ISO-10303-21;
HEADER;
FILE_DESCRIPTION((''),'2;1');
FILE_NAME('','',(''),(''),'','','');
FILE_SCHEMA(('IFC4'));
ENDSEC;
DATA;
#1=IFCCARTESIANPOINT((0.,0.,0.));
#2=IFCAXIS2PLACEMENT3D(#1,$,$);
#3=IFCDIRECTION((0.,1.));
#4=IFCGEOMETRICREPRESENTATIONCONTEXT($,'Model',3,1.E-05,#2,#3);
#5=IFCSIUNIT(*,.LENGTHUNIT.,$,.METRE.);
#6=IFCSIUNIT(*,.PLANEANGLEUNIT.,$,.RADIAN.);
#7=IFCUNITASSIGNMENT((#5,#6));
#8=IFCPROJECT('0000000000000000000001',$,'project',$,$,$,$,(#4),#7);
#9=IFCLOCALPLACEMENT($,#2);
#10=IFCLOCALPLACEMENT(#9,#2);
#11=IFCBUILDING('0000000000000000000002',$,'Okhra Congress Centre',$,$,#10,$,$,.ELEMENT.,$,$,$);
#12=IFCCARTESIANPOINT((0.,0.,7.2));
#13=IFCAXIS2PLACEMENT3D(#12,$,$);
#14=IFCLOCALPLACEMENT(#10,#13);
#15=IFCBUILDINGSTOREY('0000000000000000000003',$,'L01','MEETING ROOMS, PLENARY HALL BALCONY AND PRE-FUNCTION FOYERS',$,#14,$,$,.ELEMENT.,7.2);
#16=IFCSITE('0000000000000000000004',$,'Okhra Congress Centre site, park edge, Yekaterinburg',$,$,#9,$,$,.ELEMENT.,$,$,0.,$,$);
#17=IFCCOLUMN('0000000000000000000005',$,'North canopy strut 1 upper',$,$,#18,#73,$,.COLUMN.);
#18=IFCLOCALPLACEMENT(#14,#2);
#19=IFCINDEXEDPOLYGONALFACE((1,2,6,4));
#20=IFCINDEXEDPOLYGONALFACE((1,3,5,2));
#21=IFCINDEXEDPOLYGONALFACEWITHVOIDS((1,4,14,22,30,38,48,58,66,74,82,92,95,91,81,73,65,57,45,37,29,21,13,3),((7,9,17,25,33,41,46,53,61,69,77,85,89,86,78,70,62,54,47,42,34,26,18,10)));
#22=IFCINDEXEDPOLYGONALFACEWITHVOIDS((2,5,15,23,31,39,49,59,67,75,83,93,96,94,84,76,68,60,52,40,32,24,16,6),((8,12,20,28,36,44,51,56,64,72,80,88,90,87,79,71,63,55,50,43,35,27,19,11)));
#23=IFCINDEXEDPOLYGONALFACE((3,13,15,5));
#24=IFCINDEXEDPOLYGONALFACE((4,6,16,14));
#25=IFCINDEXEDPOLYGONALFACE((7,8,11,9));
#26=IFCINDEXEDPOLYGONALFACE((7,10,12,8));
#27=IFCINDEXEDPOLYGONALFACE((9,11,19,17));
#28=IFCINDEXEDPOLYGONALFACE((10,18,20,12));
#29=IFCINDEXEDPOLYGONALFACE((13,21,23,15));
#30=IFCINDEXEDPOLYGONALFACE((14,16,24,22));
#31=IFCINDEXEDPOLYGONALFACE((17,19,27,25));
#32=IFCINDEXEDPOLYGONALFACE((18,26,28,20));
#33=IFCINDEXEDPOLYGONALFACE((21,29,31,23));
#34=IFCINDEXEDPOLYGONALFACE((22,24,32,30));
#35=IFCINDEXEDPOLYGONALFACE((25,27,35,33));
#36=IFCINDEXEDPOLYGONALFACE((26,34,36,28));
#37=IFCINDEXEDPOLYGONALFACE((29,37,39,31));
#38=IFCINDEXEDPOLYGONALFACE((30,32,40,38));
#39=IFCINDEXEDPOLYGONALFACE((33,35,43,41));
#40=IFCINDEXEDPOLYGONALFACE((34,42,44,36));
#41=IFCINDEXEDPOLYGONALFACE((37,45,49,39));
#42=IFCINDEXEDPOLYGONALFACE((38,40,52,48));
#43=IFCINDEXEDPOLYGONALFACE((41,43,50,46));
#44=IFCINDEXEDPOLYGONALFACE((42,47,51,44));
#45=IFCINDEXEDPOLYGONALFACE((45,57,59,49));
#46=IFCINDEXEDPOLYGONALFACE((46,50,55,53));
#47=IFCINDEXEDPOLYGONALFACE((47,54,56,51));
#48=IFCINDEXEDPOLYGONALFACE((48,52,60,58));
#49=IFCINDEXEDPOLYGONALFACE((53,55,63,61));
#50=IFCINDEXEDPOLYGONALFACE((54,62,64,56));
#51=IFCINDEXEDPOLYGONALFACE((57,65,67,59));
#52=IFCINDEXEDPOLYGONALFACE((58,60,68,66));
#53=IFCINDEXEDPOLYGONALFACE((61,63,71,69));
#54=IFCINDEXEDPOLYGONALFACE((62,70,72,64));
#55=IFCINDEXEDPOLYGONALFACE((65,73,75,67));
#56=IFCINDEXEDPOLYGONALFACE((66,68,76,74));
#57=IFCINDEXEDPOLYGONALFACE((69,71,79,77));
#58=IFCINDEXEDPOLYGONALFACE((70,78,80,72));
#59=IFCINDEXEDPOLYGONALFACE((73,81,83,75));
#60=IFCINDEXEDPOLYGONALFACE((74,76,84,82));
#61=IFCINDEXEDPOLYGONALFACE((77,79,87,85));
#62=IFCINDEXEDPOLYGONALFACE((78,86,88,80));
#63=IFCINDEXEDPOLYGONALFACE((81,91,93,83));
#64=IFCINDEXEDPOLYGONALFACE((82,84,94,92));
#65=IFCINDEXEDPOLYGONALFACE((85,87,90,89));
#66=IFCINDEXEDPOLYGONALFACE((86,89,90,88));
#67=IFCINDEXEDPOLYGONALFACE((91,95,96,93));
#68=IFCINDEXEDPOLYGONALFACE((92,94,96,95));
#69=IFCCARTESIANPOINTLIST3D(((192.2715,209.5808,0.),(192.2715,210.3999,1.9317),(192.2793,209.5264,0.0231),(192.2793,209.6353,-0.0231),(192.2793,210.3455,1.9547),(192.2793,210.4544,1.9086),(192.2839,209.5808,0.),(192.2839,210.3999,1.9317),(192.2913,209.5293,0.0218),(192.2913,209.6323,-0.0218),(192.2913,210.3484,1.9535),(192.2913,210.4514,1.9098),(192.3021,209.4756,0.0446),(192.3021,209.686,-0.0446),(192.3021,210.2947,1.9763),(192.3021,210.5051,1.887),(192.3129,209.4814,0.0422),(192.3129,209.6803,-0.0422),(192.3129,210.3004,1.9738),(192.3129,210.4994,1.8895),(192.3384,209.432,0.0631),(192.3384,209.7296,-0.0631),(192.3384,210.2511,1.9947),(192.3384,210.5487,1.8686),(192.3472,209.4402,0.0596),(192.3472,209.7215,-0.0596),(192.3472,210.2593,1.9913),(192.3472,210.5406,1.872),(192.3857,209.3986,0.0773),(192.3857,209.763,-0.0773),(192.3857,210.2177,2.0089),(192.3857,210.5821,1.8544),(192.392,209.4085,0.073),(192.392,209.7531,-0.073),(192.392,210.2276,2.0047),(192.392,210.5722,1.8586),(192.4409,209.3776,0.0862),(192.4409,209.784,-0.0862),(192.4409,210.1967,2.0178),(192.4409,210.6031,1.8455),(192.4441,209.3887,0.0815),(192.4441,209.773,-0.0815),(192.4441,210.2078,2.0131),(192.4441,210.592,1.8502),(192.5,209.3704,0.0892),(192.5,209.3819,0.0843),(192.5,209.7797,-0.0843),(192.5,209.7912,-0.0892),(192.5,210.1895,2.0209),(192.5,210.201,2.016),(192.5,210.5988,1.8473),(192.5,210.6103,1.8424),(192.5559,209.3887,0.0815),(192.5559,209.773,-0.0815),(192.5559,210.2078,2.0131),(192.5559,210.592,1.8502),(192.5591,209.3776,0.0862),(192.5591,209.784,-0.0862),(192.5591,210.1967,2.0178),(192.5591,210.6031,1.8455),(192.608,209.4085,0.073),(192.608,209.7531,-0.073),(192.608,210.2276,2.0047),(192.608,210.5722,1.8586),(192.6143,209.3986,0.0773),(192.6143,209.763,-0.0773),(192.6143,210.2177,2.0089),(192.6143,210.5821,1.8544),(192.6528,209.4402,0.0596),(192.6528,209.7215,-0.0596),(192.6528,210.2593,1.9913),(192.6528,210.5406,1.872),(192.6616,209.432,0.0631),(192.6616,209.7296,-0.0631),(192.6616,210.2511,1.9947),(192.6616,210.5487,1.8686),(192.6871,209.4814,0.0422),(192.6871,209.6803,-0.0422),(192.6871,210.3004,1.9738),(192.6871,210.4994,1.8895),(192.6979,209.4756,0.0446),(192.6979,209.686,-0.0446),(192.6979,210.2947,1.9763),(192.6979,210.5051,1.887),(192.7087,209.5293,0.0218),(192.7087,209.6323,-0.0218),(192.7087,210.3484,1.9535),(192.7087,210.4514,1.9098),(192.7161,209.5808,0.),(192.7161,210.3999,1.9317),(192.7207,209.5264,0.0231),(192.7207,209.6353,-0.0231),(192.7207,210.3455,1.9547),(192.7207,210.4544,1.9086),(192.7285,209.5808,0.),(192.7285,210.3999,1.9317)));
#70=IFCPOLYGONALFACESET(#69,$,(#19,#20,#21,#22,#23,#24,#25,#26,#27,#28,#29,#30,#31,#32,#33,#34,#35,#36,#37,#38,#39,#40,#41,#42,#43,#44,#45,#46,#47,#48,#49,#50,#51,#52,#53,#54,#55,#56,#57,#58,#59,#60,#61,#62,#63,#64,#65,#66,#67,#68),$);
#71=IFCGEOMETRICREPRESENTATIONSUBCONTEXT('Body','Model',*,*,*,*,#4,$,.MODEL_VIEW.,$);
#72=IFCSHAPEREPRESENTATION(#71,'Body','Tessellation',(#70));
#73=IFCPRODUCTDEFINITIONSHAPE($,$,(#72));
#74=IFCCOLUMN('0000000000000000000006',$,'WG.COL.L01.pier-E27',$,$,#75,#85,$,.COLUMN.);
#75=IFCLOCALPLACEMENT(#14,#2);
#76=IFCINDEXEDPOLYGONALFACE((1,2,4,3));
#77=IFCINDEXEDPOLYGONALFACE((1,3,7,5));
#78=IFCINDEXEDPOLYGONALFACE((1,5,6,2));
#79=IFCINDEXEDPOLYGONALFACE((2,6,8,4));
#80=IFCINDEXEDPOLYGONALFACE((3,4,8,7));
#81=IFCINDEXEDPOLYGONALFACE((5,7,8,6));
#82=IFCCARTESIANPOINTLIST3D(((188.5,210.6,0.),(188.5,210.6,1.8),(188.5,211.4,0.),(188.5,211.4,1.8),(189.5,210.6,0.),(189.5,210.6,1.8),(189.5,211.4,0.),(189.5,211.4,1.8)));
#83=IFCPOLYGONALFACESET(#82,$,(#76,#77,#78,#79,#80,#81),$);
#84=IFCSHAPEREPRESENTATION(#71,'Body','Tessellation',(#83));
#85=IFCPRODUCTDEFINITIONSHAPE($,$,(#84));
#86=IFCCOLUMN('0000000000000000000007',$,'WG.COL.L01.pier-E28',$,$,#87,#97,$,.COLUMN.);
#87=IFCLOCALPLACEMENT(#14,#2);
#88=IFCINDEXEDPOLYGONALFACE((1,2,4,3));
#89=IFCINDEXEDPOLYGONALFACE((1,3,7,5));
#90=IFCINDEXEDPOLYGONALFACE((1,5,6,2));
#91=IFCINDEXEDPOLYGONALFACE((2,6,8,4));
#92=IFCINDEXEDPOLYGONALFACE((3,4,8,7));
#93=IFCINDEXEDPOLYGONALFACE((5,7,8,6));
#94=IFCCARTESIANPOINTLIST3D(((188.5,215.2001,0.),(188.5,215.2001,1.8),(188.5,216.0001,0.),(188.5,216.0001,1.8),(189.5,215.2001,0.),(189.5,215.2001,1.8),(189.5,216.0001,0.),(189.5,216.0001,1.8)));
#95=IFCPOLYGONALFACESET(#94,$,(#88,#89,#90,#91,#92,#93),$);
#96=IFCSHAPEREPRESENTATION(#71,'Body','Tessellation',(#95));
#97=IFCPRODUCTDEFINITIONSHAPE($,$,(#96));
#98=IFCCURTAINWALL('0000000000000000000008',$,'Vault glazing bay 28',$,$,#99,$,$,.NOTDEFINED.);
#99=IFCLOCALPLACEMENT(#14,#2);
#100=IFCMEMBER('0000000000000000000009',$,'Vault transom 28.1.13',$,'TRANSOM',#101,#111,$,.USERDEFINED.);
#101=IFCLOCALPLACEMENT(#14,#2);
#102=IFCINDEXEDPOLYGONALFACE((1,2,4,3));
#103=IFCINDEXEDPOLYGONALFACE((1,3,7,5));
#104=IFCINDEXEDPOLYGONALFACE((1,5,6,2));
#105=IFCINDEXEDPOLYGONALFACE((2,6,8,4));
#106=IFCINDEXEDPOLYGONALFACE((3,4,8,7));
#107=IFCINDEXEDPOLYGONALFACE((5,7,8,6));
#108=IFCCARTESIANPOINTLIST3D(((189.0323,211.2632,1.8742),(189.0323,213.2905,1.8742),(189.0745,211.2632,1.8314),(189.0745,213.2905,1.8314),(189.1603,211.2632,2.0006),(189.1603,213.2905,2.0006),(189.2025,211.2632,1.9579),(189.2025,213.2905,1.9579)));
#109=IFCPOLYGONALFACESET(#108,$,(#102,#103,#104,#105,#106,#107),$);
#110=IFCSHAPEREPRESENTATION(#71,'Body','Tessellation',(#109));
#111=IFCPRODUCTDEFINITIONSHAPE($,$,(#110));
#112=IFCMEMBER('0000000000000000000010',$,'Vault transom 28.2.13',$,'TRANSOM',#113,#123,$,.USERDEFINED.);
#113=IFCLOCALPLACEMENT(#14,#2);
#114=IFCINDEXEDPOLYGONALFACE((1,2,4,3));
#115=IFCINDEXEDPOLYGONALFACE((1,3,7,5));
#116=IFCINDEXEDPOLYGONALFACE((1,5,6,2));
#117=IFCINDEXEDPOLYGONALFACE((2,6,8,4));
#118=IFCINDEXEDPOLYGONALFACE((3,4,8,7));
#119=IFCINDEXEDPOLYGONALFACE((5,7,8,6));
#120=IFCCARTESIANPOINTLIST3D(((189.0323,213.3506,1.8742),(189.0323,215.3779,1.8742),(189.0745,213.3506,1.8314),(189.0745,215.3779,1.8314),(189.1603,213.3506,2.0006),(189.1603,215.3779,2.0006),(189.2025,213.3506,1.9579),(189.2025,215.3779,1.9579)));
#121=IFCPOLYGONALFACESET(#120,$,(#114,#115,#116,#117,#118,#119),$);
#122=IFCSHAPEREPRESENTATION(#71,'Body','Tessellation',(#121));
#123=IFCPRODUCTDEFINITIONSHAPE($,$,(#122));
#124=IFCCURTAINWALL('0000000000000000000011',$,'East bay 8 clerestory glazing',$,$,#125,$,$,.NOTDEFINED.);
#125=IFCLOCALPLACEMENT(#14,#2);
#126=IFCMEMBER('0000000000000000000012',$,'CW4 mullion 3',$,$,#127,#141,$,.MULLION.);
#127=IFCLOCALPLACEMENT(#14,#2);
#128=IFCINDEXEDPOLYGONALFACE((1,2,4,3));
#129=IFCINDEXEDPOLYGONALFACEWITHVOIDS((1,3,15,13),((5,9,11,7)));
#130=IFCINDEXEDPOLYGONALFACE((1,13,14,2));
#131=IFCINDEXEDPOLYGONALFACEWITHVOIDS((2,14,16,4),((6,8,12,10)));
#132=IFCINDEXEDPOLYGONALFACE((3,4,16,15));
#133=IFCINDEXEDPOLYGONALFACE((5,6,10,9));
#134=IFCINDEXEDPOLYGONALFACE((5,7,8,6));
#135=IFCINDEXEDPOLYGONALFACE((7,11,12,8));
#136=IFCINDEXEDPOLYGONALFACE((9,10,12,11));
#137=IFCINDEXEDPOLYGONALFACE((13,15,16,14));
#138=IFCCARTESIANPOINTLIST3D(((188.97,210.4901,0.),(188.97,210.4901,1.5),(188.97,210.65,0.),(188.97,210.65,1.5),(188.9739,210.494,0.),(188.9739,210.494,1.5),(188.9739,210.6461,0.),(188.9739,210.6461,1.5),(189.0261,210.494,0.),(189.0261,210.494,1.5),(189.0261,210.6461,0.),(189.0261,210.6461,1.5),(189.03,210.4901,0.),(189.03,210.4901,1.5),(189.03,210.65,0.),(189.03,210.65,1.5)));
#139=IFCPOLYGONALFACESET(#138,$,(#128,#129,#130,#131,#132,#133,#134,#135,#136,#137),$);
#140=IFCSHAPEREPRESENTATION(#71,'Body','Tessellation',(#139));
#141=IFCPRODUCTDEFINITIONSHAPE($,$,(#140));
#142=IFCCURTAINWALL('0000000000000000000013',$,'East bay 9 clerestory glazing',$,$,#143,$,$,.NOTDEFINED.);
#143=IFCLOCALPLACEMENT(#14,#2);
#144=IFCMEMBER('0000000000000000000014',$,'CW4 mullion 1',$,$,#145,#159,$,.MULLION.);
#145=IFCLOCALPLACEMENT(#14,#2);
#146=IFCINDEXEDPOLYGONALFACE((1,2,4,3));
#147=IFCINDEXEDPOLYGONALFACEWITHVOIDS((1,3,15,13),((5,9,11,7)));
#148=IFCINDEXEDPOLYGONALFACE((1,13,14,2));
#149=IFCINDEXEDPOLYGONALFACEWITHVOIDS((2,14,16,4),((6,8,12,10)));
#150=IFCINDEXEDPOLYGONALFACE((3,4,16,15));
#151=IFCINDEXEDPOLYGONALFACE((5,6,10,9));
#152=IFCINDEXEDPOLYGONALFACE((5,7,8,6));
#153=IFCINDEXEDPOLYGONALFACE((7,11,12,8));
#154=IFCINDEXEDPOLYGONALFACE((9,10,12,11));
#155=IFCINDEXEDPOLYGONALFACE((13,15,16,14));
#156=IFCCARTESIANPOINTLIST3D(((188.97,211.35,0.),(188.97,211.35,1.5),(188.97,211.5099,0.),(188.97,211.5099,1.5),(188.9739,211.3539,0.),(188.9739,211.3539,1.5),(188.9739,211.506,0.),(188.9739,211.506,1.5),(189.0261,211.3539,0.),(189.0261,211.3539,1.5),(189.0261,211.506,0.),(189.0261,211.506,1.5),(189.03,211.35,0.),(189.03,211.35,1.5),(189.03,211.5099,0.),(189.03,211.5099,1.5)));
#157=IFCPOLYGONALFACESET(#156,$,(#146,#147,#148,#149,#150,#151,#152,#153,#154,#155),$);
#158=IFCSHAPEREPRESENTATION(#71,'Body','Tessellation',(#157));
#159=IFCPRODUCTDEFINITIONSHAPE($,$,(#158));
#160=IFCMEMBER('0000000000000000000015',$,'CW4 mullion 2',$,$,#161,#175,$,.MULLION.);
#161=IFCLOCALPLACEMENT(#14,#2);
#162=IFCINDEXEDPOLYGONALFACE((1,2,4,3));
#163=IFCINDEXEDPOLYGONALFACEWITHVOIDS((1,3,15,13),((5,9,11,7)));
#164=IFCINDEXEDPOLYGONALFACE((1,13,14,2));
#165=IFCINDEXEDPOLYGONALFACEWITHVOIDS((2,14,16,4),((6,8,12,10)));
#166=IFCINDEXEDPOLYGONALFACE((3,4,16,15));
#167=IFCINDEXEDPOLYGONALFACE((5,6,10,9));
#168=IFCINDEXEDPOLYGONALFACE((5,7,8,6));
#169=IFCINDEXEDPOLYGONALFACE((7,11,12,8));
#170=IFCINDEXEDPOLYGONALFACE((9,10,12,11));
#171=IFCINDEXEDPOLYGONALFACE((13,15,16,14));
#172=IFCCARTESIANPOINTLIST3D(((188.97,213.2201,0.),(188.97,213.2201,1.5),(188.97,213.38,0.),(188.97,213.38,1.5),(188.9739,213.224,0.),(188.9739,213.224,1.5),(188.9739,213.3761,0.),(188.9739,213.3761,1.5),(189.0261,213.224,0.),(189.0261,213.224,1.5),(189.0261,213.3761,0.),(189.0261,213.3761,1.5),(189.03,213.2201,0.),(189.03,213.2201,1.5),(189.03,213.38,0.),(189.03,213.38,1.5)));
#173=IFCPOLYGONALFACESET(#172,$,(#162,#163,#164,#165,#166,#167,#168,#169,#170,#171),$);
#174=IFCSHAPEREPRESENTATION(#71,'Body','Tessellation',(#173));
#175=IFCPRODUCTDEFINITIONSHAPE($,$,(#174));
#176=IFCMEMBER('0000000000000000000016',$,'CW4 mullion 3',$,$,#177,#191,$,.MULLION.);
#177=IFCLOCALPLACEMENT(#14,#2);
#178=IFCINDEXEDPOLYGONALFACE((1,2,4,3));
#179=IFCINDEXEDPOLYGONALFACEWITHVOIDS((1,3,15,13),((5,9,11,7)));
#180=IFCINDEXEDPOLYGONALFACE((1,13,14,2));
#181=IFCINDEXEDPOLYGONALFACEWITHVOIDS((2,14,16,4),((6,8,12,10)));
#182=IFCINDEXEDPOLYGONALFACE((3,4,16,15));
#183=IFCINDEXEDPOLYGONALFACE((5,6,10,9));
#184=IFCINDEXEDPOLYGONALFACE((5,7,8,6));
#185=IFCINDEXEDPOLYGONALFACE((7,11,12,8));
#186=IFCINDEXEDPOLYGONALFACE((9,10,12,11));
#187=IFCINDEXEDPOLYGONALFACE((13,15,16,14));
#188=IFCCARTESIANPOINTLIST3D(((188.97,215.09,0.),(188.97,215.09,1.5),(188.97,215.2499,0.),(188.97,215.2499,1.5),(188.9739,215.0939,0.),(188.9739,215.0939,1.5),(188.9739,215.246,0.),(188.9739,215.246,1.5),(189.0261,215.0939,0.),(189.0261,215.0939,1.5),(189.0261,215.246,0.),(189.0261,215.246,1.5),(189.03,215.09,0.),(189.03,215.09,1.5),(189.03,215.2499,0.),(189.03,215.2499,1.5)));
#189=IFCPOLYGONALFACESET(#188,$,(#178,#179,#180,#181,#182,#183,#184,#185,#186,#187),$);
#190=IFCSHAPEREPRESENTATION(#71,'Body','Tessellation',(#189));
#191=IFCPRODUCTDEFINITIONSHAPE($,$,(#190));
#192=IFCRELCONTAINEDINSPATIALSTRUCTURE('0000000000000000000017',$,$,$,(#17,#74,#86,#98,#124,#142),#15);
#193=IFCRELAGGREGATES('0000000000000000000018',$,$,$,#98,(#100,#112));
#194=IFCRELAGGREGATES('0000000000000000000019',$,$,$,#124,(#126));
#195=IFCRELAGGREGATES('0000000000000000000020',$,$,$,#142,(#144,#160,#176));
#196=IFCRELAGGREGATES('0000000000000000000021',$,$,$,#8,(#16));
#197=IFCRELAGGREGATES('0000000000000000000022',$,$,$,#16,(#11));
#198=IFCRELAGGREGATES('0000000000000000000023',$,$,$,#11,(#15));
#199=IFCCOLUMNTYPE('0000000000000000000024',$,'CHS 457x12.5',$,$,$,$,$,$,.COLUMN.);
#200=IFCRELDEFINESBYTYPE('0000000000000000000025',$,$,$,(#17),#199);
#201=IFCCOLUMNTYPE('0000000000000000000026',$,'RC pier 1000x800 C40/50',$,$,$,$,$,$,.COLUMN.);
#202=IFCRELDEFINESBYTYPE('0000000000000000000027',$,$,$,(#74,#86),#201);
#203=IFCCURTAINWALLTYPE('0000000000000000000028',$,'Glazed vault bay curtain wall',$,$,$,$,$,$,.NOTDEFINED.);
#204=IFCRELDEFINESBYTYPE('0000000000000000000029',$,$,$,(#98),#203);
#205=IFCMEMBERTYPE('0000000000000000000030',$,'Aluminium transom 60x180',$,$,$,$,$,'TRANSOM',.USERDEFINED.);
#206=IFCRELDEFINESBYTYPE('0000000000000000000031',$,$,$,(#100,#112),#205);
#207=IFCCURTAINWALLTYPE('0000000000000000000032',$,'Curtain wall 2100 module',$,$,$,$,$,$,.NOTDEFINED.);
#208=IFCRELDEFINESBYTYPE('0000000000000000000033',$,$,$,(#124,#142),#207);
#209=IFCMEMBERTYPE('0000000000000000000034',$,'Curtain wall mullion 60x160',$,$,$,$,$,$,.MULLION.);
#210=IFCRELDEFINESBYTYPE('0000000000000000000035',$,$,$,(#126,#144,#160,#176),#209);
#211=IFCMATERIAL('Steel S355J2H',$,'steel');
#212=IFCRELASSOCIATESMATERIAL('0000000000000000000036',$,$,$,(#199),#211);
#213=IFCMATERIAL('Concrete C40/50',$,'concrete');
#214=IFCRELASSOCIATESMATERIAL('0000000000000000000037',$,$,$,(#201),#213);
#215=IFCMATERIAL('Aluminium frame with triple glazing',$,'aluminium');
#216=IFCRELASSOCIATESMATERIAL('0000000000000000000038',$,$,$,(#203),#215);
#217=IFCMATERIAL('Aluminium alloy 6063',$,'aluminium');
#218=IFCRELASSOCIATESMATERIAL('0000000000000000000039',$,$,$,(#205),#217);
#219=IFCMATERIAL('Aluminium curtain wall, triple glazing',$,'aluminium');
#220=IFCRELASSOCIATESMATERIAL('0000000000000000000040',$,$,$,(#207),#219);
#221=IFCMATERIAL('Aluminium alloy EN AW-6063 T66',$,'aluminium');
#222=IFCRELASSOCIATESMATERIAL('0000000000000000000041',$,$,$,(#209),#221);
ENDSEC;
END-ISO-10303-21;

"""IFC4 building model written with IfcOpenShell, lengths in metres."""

from ifc_helpers import new_model, si_unit, direction, frame, origin, origin_2d, place, context, subcontext, project, spatial, rectangle, hollow_rectangle, hollow_circle, extrude, material, material_profile, profile_set, type_object, element, aggregate, save


model = new_model("IFC4")

# Units and contexts
model_context = context("Model", 3, precision=1e-05, world=origin(), true_north=direction((0.0, 1.0)))
body_context = subcontext(model_context, "Body", "Model", "MODEL_VIEW")
ifc_project = project(units=[si_unit("LENGTHUNIT", "METRE"), si_unit("PLANEANGLEUNIT", "RADIAN")], contexts=[model_context])

# Site, building, storey
site_placement = place(None, origin())
site = spatial("IfcSite", under=ifc_project, at=site_placement, Name="Okhra Congress Centre site, park edge, Yekaterinburg", CompositionType="ELEMENT", RefElevation=0.0)
building_placement = place(site_placement, origin())
building = spatial("IfcBuilding", under=site, at=building_placement, Name="Okhra Congress Centre", CompositionType="ELEMENT")
storey_placement = place(building_placement, frame((0.0, 0.0, 7.2)))
storey = spatial("IfcBuildingStorey", under=building, at=storey_placement, Name="L01", Description="MEETING ROOMS, PLENARY HALL BALCONY AND PRE-FUNCTION FOYERS", CompositionType="ELEMENT", Elevation=7.2)

# Columns
ifc_material_1 = material(Name="Steel S355J2H", Category="steel")
ifc_material_profile_1 = material_profile(ifc_material_1, hollow_circle(Radius=0.2285, WallThickness=0.0125, at=origin_2d()), Name="CHS 457x12.5")
ifc_profile_set_1 = profile_set([ifc_material_profile_1], Name="Steel S355J2H")
column_type_1 = type_object("IfcColumnType", Name="CHS 457x12.5", PredefinedType="COLUMN", material=ifc_profile_set_1)
column_placement = place(storey_placement, frame((192.5, 209.5808, 0.0), z_axis=(0.0, 0.390391, 0.920649), x_axis=(-1.0, 0.0, 0.0)))
element("IfcColumn", 1, at=column_placement, inside=storey, type_object=column_type_1, Name="North canopy strut 1 upper", PredefinedType="COLUMN", context=body_context, shape_type="SweptSolid", body=[
    extrude(hollow_circle(Radius=0.2285, WallThickness=0.0125, at=origin_2d()), origin(), (0.0, 0.0, 1.0), 2.0981),
])
ifc_material_2 = material(Name="Concrete C40/50", Category="concrete")
ifc_material_profile_2 = material_profile(ifc_material_2, rectangle(XDim=1.0, YDim=0.8, at=origin_2d()), Name="RC 1000x800")
ifc_profile_set_2 = profile_set([ifc_material_profile_2], Name="Concrete C40/50")
column_type_2 = type_object("IfcColumnType", Name="RC pier 1000x800 C40/50", PredefinedType="COLUMN", material=ifc_profile_set_2)
for number, where, z_axis, x_axis, name in (
    (2, (189.0, 211.0, 0.0), (0.0, 0.0, 1.0), (1.0, 0.0, 0.0), "WG.COL.L01.pier-E27"),
    (3, (189.0, 215.6001, 0.0), (0.0, 0.0, 1.0), (1.0, 0.0, 0.0), "WG.COL.L01.pier-E28"),
):
    element("IfcColumn", number, at=place(storey_placement, frame(where, z_axis=z_axis, x_axis=x_axis)), inside=storey, type_object=column_type_2, Name=name, PredefinedType="COLUMN", context=body_context, shape_type="SweptSolid", body=[
        extrude(rectangle(XDim=1.0, YDim=0.8, at=origin_2d()), origin(), (0.0, 0.0, 1.0), 1.8),
    ])

# Curtain wall, members
ifc_material_3 = material(Name="Aluminium frame with triple glazing", Category="aluminium")
curtain_wall_type_1 = type_object("IfcCurtainWallType", Name="Glazed vault bay curtain wall", PredefinedType="NOTDEFINED", material=ifc_material_3)
curtain_wall_1_placement = place(storey_placement, origin())
curtain_wall_1 = element("IfcCurtainWall", 4, at=curtain_wall_1_placement, inside=storey, type_object=curtain_wall_type_1, Name="Vault glazing bay 28", PredefinedType="NOTDEFINED")
ifc_material_4 = material(Name="Aluminium alloy 6063", Category="aluminium")
ifc_material_profile_3 = material_profile(ifc_material_4, rectangle(XDim=0.0601, YDim=0.1799, at=origin_2d()), Name="AL 60x180 transom")
ifc_profile_set_3 = profile_set([ifc_material_profile_3], Name="Aluminium alloy 6063")
member_type_1 = type_object("IfcMemberType", Name="Aluminium transom 60x180", ElementType="TRANSOM", PredefinedType="USERDEFINED", material=ifc_profile_set_3)
member_1_placement = place(storey_placement, frame((189.1174, 211.2632, 1.916), z_axis=(0.0, 1.0, 0.0), x_axis=(-0.702636, 0.0, 0.711549)))
member_1 = element("IfcMember", 5, at=member_1_placement, type_object=member_type_1, Name="Vault transom 28.1.13", ObjectType="TRANSOM", PredefinedType="USERDEFINED", context=body_context, shape_type="SweptSolid", body=[
    extrude(rectangle(XDim=0.0601, YDim=0.1799, at=origin_2d()), origin(), (0.0, 0.0, 1.0), 2.0273),
])
member_2_placement = place(storey_placement, frame((189.1174, 213.3506, 1.916), z_axis=(0.0, 1.0, 0.0), x_axis=(-0.702636, 0.0, 0.711549)))
member_2 = element("IfcMember", 6, at=member_2_placement, type_object=member_type_1, Name="Vault transom 28.2.13", ObjectType="TRANSOM", PredefinedType="USERDEFINED", context=body_context, shape_type="SweptSolid", body=[
    extrude(rectangle(XDim=0.0601, YDim=0.1799, at=origin_2d()), origin(), (0.0, 0.0, 1.0), 2.0273),
])
aggregate(curtain_wall_1, [member_1, member_2])

# Curtain wall, member
ifc_material_5 = material(Name="Aluminium curtain wall, triple glazing", Category="aluminium")
curtain_wall_type_2 = type_object("IfcCurtainWallType", Name="Curtain wall 2100 module", PredefinedType="NOTDEFINED", material=ifc_material_5)
curtain_wall_2_placement = place(storey_placement, origin())
curtain_wall_2 = element("IfcCurtainWall", 7, at=curtain_wall_2_placement, inside=storey, type_object=curtain_wall_type_2, Name="East bay 8 clerestory glazing", PredefinedType="NOTDEFINED")
ifc_material_6 = material(Name="Aluminium alloy EN AW-6063 T66", Category="aluminium")
ifc_material_profile_4 = material_profile(ifc_material_6, hollow_rectangle(XDim=0.0601, YDim=0.1599, WallThickness=0.0039, at=origin_2d()), Name="RHS 60x160x4")
ifc_profile_set_4 = profile_set([ifc_material_profile_4], Name="Aluminium alloy EN AW-6063 T66")
member_type_2 = type_object("IfcMemberType", Name="Curtain wall mullion 60x160", PredefinedType="MULLION", material=ifc_profile_set_4)
member_3_placement = place(storey_placement, frame((189.0, 210.5701, 0.0), z_axis=(0.0, 0.0, 1.0), x_axis=(-1.0, 0.0, 0.0)))
member_3 = element("IfcMember", 8, at=member_3_placement, type_object=member_type_2, Name="CW4 mullion 3", PredefinedType="MULLION", context=body_context, shape_type="SweptSolid", body=[
    extrude(hollow_rectangle(XDim=0.0601, YDim=0.1599, WallThickness=0.0039, at=origin_2d()), origin(), (0.0, 0.0, 1.0), 1.5),
])
aggregate(curtain_wall_2, [member_3])

# Curtain wall, members
curtain_wall_3_placement = place(storey_placement, origin())
curtain_wall_3 = element("IfcCurtainWall", 9, at=curtain_wall_3_placement, inside=storey, type_object=curtain_wall_type_2, Name="East bay 9 clerestory glazing", PredefinedType="NOTDEFINED")
member_4_placement = place(storey_placement, frame((189.0, 211.4299, 0.0), z_axis=(0.0, 0.0, 1.0), x_axis=(-1.0, 0.0, 0.0)))
member_4 = element("IfcMember", 10, at=member_4_placement, type_object=member_type_2, Name="CW4 mullion 1", PredefinedType="MULLION", context=body_context, shape_type="SweptSolid", body=[
    extrude(hollow_rectangle(XDim=0.0601, YDim=0.1599, WallThickness=0.0039, at=origin_2d()), origin(), (0.0, 0.0, 1.0), 1.5),
])
member_5_placement = place(storey_placement, frame((189.0, 213.3, 0.0), z_axis=(0.0, 0.0, 1.0), x_axis=(-1.0, 0.0, 0.0)))
member_5 = element("IfcMember", 11, at=member_5_placement, type_object=member_type_2, Name="CW4 mullion 2", PredefinedType="MULLION", context=body_context, shape_type="SweptSolid", body=[
    extrude(hollow_rectangle(XDim=0.0601, YDim=0.1599, WallThickness=0.0039, at=origin_2d()), origin(), (0.0, 0.0, 1.0), 1.5),
])
member_6_placement = place(storey_placement, frame((189.0, 215.1699, 0.0), z_axis=(0.0, 0.0, 1.0), x_axis=(-1.0, 0.0, 0.0)))
member_6 = element("IfcMember", 12, at=member_6_placement, type_object=member_type_2, Name="CW4 mullion 3", PredefinedType="MULLION", context=body_context, shape_type="SweptSolid", body=[
    extrude(hollow_rectangle(XDim=0.0601, YDim=0.1599, WallThickness=0.0039, at=origin_2d()), origin(), (0.0, 0.0, 1.0), 1.5),
])

aggregate(curtain_wall_3, [member_4, member_5, member_6])

save(model, "model.ifc")
